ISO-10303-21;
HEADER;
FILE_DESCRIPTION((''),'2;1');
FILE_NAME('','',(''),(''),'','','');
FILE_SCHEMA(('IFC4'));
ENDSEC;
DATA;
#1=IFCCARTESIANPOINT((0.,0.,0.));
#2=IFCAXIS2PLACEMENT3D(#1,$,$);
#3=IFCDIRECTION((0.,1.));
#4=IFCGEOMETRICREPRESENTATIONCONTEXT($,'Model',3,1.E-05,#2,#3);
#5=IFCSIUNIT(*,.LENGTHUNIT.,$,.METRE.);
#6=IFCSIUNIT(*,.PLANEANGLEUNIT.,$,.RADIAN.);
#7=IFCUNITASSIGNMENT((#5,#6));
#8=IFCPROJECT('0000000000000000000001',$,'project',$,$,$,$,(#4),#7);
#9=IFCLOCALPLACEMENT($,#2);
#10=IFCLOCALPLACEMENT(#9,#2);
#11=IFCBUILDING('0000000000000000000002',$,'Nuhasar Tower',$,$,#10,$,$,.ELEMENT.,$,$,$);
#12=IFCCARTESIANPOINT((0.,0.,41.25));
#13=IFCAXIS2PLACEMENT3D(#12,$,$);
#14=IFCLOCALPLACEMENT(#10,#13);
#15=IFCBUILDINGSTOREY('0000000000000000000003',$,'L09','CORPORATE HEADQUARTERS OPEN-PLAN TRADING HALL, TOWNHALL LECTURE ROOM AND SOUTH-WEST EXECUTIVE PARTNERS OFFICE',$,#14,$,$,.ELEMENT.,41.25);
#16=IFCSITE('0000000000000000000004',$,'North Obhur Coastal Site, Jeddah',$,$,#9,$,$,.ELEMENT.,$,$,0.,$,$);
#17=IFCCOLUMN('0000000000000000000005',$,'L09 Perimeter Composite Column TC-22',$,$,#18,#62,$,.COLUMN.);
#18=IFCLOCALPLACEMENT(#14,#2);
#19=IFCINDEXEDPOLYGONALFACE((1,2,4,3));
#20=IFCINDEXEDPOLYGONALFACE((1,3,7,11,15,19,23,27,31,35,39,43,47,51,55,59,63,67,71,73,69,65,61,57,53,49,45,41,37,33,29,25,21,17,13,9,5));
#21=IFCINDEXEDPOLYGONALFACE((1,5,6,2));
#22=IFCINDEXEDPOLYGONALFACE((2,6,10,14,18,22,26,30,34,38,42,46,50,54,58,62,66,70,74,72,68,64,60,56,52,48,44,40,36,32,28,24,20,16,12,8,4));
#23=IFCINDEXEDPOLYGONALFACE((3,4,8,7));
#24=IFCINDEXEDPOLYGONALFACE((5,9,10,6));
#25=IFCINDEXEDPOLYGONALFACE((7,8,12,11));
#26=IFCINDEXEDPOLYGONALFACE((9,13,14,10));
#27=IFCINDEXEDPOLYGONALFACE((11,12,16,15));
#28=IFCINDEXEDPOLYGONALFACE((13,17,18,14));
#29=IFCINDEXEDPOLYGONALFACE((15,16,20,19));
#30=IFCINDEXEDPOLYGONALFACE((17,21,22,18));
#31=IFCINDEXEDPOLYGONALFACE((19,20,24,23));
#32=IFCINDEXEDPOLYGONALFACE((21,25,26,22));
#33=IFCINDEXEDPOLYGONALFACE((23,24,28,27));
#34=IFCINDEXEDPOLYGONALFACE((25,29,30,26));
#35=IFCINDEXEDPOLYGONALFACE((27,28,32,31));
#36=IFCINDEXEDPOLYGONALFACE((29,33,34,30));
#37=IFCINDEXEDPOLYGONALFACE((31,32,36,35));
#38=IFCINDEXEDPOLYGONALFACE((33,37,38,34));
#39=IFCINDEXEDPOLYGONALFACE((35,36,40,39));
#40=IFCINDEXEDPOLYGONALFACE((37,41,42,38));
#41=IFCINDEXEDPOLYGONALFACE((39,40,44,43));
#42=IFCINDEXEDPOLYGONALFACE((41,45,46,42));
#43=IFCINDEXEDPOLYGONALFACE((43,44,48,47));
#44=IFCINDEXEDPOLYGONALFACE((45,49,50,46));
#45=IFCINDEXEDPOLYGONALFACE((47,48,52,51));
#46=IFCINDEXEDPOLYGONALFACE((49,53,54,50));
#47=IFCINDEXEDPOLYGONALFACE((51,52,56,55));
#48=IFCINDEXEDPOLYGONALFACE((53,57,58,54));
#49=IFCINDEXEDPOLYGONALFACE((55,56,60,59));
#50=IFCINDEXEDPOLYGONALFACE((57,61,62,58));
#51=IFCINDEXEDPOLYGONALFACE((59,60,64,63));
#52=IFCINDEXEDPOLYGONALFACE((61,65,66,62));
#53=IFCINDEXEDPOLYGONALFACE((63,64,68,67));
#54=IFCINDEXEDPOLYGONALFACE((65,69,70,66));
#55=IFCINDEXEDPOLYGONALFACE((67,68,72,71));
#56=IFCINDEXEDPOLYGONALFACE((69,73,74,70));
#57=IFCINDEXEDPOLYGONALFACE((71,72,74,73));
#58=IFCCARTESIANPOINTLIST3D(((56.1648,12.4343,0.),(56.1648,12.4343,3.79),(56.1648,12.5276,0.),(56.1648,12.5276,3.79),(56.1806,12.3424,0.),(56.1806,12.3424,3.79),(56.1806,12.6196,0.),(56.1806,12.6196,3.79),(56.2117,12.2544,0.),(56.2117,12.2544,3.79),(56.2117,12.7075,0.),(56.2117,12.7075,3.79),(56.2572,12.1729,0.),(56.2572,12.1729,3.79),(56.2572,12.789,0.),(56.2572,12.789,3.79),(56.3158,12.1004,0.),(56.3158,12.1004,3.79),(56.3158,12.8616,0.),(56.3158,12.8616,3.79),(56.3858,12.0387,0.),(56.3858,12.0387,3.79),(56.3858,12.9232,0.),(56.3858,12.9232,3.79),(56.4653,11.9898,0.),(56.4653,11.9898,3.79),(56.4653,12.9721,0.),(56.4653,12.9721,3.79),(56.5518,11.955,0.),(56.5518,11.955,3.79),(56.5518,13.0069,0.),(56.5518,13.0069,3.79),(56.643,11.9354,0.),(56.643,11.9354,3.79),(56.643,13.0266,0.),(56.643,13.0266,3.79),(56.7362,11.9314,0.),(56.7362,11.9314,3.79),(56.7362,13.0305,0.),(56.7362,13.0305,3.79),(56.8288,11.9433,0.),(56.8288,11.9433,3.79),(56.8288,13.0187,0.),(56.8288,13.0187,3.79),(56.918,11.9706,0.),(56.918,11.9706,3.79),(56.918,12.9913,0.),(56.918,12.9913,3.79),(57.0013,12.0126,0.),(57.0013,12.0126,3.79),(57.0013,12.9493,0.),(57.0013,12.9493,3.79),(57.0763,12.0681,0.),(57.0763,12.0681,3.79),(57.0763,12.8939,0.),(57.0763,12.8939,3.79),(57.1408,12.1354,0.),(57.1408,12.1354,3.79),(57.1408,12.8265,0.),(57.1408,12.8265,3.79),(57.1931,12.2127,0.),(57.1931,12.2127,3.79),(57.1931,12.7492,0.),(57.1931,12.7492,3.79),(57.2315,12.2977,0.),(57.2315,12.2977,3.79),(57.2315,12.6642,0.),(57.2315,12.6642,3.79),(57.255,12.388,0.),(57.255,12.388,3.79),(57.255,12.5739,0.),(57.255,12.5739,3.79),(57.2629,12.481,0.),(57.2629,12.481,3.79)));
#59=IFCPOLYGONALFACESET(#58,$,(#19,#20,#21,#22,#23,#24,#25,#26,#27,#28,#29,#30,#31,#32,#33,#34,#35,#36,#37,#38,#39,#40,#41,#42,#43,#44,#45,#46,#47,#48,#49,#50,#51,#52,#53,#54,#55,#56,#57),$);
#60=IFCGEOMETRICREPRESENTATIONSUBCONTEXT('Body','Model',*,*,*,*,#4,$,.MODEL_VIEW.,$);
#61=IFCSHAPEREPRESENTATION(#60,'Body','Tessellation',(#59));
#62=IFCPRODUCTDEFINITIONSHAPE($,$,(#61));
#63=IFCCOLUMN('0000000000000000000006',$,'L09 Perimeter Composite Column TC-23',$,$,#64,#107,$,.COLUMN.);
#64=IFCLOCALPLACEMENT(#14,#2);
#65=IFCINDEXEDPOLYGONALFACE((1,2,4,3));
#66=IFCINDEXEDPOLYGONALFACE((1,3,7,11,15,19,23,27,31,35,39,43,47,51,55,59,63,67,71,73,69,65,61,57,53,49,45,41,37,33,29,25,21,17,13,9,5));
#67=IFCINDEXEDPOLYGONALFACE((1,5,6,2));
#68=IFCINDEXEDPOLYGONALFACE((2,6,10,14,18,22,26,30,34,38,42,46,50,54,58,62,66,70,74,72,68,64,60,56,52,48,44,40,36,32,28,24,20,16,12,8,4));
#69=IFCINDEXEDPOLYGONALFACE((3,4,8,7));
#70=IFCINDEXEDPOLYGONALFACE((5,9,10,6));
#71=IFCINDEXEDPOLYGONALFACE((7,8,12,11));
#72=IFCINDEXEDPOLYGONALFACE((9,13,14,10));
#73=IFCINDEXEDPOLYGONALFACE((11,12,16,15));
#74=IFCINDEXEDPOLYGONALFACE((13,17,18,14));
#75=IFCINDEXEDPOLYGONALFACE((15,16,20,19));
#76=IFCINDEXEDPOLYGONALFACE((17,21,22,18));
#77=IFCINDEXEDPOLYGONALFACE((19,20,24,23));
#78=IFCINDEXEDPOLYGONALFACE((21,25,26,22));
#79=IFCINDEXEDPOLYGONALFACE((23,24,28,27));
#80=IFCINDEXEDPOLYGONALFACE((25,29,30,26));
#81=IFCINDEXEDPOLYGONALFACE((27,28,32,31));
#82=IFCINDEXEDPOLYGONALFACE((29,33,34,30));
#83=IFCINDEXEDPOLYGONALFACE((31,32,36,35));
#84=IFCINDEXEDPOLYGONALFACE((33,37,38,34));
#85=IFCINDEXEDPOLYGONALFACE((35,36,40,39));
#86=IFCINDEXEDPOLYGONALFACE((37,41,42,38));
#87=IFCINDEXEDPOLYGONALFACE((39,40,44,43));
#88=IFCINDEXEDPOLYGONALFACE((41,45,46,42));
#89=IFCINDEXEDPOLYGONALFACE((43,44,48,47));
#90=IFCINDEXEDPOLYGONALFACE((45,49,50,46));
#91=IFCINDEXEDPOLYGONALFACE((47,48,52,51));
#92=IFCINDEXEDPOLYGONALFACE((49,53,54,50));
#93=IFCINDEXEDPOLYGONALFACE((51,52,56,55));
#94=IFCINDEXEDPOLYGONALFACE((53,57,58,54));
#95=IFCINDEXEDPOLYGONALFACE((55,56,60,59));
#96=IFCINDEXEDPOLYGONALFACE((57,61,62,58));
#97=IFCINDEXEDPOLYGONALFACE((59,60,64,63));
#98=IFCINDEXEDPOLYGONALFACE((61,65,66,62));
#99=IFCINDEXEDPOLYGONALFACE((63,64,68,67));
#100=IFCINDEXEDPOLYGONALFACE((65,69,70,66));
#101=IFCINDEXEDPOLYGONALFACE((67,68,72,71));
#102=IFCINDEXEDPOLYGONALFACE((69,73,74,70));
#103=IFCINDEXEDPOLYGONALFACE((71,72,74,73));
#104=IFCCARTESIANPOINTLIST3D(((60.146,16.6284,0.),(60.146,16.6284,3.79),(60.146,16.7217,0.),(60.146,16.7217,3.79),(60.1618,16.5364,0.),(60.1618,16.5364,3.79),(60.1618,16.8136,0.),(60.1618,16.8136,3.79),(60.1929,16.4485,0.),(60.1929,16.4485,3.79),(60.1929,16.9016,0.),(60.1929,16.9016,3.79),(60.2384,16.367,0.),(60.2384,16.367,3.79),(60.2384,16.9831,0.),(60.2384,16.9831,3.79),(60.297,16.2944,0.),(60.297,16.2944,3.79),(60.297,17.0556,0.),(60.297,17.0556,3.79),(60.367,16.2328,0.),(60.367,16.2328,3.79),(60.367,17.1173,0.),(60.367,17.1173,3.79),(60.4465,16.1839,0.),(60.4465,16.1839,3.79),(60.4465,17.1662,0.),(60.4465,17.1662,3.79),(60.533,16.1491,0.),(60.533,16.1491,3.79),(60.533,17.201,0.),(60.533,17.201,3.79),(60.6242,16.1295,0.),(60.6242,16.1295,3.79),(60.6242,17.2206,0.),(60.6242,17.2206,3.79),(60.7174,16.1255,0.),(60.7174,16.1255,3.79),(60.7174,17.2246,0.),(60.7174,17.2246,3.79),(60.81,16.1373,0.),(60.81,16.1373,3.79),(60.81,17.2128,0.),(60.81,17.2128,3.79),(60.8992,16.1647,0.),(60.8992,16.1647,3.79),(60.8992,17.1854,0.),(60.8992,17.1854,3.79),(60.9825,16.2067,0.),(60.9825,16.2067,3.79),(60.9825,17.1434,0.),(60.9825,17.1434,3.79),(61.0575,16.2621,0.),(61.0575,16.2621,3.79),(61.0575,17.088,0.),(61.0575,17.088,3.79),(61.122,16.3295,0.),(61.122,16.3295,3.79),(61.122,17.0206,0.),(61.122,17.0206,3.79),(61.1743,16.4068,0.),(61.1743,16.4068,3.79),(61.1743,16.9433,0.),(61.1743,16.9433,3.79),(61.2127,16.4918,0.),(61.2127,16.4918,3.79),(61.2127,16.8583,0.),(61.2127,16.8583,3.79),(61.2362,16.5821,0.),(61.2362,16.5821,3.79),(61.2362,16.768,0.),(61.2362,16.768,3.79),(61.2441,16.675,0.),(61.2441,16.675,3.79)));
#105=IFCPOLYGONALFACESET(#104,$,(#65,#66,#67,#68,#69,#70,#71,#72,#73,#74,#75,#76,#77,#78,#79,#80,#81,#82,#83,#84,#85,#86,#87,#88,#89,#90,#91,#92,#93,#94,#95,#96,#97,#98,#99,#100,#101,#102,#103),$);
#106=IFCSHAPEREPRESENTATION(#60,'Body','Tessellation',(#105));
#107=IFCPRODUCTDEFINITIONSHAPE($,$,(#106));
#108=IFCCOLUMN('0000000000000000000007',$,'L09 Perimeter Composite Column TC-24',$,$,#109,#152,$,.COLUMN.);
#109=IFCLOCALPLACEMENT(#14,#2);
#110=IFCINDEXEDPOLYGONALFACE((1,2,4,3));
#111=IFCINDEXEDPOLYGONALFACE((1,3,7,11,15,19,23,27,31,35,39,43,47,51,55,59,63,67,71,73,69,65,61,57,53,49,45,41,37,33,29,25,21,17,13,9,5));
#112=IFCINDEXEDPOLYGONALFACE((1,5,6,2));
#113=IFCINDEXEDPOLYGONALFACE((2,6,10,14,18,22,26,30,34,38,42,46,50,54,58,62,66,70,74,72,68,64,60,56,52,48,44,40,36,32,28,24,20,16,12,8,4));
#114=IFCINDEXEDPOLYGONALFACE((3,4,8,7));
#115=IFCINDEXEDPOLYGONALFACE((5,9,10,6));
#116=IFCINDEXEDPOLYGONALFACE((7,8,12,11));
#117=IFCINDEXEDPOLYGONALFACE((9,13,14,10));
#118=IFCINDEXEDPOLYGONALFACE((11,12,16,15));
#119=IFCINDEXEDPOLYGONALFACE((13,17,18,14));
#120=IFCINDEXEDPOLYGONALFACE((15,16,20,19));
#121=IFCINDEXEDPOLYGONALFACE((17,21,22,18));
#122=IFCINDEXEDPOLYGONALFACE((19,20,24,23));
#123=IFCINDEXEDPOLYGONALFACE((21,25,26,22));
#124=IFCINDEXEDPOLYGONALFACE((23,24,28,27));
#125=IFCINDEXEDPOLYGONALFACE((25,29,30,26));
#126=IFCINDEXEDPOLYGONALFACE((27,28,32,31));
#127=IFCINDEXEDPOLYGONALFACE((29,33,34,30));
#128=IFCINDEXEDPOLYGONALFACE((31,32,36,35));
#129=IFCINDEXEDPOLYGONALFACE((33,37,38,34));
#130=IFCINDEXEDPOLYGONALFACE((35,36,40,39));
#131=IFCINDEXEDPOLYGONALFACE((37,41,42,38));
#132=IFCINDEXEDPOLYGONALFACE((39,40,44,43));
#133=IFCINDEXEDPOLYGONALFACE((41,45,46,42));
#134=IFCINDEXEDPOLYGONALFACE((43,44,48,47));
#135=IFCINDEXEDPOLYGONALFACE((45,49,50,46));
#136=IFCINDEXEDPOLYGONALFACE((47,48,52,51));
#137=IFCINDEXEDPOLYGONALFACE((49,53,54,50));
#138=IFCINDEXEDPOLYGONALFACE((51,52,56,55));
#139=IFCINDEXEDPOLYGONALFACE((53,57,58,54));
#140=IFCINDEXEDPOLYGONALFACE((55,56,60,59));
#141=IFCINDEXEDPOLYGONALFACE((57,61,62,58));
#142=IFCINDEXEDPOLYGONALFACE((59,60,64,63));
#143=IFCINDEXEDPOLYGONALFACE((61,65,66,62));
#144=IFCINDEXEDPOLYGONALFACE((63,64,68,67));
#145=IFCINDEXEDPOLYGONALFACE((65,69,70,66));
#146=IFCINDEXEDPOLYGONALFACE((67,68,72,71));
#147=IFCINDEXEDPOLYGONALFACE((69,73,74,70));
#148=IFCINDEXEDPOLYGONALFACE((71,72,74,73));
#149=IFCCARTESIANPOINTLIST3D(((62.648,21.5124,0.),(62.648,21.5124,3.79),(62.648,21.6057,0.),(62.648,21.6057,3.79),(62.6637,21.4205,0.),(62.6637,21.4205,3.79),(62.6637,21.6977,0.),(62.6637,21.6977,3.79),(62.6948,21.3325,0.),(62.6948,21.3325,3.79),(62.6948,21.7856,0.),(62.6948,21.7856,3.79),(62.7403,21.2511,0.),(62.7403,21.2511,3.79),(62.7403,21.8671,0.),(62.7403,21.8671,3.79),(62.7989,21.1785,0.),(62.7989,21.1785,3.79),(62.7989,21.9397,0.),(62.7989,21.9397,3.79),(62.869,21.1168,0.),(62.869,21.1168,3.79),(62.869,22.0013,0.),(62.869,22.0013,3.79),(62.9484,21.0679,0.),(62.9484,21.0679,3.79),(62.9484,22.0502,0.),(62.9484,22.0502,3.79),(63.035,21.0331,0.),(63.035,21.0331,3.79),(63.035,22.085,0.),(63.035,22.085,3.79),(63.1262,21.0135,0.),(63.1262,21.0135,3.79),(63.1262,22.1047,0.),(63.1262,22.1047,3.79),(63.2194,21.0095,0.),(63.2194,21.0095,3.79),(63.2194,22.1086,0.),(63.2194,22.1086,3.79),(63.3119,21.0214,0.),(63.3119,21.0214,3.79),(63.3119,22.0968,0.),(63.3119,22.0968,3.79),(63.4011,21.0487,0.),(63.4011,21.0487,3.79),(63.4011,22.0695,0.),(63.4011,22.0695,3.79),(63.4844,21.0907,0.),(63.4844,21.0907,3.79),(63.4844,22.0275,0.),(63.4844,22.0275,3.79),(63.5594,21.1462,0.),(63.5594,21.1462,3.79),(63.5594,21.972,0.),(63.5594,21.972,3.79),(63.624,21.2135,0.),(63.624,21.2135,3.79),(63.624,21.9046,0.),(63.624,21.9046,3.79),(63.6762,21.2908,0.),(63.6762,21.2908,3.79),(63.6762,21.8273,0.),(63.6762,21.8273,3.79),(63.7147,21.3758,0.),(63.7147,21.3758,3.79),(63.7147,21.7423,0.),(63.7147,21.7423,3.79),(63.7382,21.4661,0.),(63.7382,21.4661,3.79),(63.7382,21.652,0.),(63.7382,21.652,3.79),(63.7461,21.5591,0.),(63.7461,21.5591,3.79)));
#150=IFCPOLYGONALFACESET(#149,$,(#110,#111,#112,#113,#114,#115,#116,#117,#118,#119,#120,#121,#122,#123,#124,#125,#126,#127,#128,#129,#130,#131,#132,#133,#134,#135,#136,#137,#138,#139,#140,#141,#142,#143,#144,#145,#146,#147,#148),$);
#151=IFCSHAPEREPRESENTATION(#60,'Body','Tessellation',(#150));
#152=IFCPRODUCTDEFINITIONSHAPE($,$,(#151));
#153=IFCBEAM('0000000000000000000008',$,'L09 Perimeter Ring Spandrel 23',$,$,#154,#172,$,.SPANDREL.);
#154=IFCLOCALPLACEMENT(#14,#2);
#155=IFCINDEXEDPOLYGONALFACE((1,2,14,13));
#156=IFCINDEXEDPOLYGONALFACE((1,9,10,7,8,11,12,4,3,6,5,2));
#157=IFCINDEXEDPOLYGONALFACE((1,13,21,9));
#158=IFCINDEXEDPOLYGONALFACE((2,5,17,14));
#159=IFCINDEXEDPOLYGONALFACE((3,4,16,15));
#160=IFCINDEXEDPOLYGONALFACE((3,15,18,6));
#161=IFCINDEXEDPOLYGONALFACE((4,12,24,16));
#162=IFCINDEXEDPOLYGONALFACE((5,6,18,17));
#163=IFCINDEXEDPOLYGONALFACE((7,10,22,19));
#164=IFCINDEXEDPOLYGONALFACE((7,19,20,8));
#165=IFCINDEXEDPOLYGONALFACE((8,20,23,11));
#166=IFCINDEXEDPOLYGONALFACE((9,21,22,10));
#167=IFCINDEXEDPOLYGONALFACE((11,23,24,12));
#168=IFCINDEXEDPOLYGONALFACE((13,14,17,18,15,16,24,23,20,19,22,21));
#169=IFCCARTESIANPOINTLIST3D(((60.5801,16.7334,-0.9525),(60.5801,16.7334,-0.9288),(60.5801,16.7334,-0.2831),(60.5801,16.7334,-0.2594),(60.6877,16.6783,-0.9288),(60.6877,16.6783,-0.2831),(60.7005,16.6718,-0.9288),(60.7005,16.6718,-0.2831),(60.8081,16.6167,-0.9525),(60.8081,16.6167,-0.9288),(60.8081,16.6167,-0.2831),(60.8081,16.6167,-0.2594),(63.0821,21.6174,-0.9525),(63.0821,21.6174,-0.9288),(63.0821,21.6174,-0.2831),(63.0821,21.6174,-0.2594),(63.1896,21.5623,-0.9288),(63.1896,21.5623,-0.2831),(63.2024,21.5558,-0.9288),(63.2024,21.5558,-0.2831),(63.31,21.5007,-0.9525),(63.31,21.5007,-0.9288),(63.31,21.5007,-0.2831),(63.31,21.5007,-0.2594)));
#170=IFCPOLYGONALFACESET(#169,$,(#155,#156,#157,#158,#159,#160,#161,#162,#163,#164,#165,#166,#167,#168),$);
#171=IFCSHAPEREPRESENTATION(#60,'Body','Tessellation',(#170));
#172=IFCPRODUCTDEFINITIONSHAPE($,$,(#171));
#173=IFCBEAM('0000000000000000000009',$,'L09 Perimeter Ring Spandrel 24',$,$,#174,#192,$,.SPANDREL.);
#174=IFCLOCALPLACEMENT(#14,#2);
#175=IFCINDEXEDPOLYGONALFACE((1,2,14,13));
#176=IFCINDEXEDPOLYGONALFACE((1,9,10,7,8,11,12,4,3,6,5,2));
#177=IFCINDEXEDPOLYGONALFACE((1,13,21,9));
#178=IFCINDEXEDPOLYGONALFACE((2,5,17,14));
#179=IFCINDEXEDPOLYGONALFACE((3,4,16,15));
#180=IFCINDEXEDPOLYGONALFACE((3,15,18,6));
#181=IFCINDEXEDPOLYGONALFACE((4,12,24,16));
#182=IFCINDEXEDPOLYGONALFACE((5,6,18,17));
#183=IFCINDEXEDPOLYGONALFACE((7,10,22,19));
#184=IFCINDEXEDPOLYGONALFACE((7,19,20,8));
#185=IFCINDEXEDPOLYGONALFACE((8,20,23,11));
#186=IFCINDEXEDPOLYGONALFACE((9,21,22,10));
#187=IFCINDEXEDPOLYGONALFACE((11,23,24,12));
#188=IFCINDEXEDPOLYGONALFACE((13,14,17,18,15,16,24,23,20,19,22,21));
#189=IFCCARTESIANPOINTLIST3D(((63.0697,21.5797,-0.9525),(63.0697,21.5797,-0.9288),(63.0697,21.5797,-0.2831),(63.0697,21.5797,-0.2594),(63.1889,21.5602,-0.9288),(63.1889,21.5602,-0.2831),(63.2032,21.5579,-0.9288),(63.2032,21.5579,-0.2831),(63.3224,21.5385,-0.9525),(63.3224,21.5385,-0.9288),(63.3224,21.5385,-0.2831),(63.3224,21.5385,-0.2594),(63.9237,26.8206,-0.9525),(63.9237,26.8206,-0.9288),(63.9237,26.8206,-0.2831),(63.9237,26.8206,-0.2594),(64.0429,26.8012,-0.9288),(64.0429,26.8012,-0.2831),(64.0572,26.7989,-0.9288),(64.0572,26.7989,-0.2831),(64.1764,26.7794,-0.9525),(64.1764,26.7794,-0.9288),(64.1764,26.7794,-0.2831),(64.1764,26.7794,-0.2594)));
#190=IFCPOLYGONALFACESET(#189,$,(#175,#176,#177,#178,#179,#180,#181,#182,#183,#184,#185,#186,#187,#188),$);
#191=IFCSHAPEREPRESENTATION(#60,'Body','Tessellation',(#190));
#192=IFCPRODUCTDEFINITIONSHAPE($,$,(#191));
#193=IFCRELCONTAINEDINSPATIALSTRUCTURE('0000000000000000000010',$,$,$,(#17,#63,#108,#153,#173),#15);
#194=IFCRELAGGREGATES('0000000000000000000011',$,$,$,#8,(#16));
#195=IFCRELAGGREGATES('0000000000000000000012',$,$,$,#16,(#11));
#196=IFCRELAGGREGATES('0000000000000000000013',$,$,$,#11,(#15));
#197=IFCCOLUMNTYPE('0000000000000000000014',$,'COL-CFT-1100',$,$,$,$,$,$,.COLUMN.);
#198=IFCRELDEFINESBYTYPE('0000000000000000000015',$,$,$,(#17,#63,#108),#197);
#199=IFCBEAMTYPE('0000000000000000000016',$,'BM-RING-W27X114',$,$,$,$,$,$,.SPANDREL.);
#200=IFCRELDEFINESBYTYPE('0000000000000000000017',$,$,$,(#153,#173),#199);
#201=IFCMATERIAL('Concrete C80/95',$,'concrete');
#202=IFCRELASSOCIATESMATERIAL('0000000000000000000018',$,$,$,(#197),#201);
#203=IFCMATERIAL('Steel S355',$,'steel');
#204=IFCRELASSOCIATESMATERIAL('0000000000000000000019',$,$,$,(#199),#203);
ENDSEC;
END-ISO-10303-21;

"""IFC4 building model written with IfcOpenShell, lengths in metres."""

from ifc_helpers import new_model, si_unit, direction, frame, origin, origin_2d, place, context, subcontext, project, spatial, circle, i_section, extrude, material, material_profile, profile_set, type_object, element, save


model = new_model("IFC4")

# Units and contexts
model_context = context("Model", 3, precision=1e-05, world=origin(), true_north=direction((0.0, 1.0)))
body_context = subcontext(model_context, "Body", "Model", "MODEL_VIEW")
ifc_project = project(units=[si_unit("LENGTHUNIT", "METRE"), si_unit("PLANEANGLEUNIT", "RADIAN")], contexts=[model_context])

# Site, building, storey
site_placement = place(None, origin())
site = spatial("IfcSite", under=ifc_project, at=site_placement, Name="North Obhur Coastal Site, Jeddah", CompositionType="ELEMENT", RefElevation=0.0)
building_placement = place(site_placement, origin())
building = spatial("IfcBuilding", under=site, at=building_placement, Name="Nuhasar Tower", CompositionType="ELEMENT")
storey_placement = place(building_placement, frame((0.0, 0.0, 41.25)))
storey = spatial("IfcBuildingStorey", under=building, at=storey_placement, Name="L09", Description="CORPORATE HEADQUARTERS OPEN-PLAN TRADING HALL, TOWNHALL LECTURE ROOM AND SOUTH-WEST EXECUTIVE PARTNERS OFFICE", CompositionType="ELEMENT", Elevation=41.25)

# Columns
ifc_material_1 = material(Name="Concrete C80/95", Category="concrete")
ifc_material_profile_1 = material_profile(ifc_material_1, circle(Radius=0.55, at=origin_2d()), Name="CFT1100")
ifc_profile_set_1 = profile_set([ifc_material_profile_1], Name="Concrete C80/95")
column_type = type_object("IfcColumnType", Name="COL-CFT-1100", PredefinedType="COLUMN", material=ifc_profile_set_1)
for number, where, z_axis, x_axis, name in (
    (1, (56.7129, 12.481, 0.0), (0.0, 0.0, 1.0), (1.0, 0.0, 0.0), "L09 Perimeter Composite Column TC-22"),
    (2, (60.6941, 16.675, 0.0), (0.0, 0.0, 1.0), (1.0, 0.0, 0.0), "L09 Perimeter Composite Column TC-23"),
    (3, (63.196, 21.5591, 0.0), (0.0, 0.0, 1.0), (1.0, 0.0, 0.0), "L09 Perimeter Composite Column TC-24"),
):
    element("IfcColumn", number, at=place(storey_placement, frame(where, z_axis=z_axis, x_axis=x_axis)), inside=storey, type_object=column_type, Name=name, PredefinedType="COLUMN", context=body_context, shape_type="SweptSolid", body=[
        extrude(circle(Radius=0.55, at=origin_2d()), origin(), (0.0, 0.0, 1.0), 3.79),
    ])

# Beams
ifc_material_2 = material(Name="Steel S355", Category="steel")
ifc_material_profile_2 = material_profile(ifc_material_2, i_section(OverallWidth=0.2561, OverallDepth=0.6931, WebThickness=0.0144, FlangeThickness=0.0237, at=origin_2d()), Name="W27X114")
ifc_profile_set_2 = profile_set([ifc_material_profile_2], Name="Steel S355")
beam_type_1 = type_object("IfcBeamType", Name="BM-RING-W27X114", PredefinedType="SPANDREL", material=ifc_profile_set_2)
beam_1_placement = place(storey_placement, frame((60.6941, 16.675, -0.606), z_axis=(0.45593, 0.890016, 0.0), x_axis=(-0.890016, 0.45593, 0.0)))
element("IfcBeam", 4, at=beam_1_placement, inside=storey, type_object=beam_type_1, Name="L09 Perimeter Ring Spandrel 23", PredefinedType="SPANDREL", context=body_context, shape_type="SweptSolid", body=[
    extrude(i_section(OverallWidth=0.2561, OverallDepth=0.6931, WebThickness=0.0144, FlangeThickness=0.0237, at=origin_2d()), origin(), (0.0, 0.0, 1.0), 5.4875),
])
beam_2_placement = place(storey_placement, frame((63.196, 21.5591, -0.606), z_axis=(0.160827, 0.986983, 0.0), x_axis=(-0.986983, 0.160827, 0.0)))
element("IfcBeam", 5, at=beam_2_placement, inside=storey, type_object=beam_type_1, Name="L09 Perimeter Ring Spandrel 24", PredefinedType="SPANDREL", context=body_context, shape_type="SweptSolid", body=[
    extrude(i_section(OverallWidth=0.2561, OverallDepth=0.6931, WebThickness=0.0144, FlangeThickness=0.0237, at=origin_2d()), origin(), (0.0, 0.0, 1.0), 5.3101),
])

save(model, "model.ifc")
